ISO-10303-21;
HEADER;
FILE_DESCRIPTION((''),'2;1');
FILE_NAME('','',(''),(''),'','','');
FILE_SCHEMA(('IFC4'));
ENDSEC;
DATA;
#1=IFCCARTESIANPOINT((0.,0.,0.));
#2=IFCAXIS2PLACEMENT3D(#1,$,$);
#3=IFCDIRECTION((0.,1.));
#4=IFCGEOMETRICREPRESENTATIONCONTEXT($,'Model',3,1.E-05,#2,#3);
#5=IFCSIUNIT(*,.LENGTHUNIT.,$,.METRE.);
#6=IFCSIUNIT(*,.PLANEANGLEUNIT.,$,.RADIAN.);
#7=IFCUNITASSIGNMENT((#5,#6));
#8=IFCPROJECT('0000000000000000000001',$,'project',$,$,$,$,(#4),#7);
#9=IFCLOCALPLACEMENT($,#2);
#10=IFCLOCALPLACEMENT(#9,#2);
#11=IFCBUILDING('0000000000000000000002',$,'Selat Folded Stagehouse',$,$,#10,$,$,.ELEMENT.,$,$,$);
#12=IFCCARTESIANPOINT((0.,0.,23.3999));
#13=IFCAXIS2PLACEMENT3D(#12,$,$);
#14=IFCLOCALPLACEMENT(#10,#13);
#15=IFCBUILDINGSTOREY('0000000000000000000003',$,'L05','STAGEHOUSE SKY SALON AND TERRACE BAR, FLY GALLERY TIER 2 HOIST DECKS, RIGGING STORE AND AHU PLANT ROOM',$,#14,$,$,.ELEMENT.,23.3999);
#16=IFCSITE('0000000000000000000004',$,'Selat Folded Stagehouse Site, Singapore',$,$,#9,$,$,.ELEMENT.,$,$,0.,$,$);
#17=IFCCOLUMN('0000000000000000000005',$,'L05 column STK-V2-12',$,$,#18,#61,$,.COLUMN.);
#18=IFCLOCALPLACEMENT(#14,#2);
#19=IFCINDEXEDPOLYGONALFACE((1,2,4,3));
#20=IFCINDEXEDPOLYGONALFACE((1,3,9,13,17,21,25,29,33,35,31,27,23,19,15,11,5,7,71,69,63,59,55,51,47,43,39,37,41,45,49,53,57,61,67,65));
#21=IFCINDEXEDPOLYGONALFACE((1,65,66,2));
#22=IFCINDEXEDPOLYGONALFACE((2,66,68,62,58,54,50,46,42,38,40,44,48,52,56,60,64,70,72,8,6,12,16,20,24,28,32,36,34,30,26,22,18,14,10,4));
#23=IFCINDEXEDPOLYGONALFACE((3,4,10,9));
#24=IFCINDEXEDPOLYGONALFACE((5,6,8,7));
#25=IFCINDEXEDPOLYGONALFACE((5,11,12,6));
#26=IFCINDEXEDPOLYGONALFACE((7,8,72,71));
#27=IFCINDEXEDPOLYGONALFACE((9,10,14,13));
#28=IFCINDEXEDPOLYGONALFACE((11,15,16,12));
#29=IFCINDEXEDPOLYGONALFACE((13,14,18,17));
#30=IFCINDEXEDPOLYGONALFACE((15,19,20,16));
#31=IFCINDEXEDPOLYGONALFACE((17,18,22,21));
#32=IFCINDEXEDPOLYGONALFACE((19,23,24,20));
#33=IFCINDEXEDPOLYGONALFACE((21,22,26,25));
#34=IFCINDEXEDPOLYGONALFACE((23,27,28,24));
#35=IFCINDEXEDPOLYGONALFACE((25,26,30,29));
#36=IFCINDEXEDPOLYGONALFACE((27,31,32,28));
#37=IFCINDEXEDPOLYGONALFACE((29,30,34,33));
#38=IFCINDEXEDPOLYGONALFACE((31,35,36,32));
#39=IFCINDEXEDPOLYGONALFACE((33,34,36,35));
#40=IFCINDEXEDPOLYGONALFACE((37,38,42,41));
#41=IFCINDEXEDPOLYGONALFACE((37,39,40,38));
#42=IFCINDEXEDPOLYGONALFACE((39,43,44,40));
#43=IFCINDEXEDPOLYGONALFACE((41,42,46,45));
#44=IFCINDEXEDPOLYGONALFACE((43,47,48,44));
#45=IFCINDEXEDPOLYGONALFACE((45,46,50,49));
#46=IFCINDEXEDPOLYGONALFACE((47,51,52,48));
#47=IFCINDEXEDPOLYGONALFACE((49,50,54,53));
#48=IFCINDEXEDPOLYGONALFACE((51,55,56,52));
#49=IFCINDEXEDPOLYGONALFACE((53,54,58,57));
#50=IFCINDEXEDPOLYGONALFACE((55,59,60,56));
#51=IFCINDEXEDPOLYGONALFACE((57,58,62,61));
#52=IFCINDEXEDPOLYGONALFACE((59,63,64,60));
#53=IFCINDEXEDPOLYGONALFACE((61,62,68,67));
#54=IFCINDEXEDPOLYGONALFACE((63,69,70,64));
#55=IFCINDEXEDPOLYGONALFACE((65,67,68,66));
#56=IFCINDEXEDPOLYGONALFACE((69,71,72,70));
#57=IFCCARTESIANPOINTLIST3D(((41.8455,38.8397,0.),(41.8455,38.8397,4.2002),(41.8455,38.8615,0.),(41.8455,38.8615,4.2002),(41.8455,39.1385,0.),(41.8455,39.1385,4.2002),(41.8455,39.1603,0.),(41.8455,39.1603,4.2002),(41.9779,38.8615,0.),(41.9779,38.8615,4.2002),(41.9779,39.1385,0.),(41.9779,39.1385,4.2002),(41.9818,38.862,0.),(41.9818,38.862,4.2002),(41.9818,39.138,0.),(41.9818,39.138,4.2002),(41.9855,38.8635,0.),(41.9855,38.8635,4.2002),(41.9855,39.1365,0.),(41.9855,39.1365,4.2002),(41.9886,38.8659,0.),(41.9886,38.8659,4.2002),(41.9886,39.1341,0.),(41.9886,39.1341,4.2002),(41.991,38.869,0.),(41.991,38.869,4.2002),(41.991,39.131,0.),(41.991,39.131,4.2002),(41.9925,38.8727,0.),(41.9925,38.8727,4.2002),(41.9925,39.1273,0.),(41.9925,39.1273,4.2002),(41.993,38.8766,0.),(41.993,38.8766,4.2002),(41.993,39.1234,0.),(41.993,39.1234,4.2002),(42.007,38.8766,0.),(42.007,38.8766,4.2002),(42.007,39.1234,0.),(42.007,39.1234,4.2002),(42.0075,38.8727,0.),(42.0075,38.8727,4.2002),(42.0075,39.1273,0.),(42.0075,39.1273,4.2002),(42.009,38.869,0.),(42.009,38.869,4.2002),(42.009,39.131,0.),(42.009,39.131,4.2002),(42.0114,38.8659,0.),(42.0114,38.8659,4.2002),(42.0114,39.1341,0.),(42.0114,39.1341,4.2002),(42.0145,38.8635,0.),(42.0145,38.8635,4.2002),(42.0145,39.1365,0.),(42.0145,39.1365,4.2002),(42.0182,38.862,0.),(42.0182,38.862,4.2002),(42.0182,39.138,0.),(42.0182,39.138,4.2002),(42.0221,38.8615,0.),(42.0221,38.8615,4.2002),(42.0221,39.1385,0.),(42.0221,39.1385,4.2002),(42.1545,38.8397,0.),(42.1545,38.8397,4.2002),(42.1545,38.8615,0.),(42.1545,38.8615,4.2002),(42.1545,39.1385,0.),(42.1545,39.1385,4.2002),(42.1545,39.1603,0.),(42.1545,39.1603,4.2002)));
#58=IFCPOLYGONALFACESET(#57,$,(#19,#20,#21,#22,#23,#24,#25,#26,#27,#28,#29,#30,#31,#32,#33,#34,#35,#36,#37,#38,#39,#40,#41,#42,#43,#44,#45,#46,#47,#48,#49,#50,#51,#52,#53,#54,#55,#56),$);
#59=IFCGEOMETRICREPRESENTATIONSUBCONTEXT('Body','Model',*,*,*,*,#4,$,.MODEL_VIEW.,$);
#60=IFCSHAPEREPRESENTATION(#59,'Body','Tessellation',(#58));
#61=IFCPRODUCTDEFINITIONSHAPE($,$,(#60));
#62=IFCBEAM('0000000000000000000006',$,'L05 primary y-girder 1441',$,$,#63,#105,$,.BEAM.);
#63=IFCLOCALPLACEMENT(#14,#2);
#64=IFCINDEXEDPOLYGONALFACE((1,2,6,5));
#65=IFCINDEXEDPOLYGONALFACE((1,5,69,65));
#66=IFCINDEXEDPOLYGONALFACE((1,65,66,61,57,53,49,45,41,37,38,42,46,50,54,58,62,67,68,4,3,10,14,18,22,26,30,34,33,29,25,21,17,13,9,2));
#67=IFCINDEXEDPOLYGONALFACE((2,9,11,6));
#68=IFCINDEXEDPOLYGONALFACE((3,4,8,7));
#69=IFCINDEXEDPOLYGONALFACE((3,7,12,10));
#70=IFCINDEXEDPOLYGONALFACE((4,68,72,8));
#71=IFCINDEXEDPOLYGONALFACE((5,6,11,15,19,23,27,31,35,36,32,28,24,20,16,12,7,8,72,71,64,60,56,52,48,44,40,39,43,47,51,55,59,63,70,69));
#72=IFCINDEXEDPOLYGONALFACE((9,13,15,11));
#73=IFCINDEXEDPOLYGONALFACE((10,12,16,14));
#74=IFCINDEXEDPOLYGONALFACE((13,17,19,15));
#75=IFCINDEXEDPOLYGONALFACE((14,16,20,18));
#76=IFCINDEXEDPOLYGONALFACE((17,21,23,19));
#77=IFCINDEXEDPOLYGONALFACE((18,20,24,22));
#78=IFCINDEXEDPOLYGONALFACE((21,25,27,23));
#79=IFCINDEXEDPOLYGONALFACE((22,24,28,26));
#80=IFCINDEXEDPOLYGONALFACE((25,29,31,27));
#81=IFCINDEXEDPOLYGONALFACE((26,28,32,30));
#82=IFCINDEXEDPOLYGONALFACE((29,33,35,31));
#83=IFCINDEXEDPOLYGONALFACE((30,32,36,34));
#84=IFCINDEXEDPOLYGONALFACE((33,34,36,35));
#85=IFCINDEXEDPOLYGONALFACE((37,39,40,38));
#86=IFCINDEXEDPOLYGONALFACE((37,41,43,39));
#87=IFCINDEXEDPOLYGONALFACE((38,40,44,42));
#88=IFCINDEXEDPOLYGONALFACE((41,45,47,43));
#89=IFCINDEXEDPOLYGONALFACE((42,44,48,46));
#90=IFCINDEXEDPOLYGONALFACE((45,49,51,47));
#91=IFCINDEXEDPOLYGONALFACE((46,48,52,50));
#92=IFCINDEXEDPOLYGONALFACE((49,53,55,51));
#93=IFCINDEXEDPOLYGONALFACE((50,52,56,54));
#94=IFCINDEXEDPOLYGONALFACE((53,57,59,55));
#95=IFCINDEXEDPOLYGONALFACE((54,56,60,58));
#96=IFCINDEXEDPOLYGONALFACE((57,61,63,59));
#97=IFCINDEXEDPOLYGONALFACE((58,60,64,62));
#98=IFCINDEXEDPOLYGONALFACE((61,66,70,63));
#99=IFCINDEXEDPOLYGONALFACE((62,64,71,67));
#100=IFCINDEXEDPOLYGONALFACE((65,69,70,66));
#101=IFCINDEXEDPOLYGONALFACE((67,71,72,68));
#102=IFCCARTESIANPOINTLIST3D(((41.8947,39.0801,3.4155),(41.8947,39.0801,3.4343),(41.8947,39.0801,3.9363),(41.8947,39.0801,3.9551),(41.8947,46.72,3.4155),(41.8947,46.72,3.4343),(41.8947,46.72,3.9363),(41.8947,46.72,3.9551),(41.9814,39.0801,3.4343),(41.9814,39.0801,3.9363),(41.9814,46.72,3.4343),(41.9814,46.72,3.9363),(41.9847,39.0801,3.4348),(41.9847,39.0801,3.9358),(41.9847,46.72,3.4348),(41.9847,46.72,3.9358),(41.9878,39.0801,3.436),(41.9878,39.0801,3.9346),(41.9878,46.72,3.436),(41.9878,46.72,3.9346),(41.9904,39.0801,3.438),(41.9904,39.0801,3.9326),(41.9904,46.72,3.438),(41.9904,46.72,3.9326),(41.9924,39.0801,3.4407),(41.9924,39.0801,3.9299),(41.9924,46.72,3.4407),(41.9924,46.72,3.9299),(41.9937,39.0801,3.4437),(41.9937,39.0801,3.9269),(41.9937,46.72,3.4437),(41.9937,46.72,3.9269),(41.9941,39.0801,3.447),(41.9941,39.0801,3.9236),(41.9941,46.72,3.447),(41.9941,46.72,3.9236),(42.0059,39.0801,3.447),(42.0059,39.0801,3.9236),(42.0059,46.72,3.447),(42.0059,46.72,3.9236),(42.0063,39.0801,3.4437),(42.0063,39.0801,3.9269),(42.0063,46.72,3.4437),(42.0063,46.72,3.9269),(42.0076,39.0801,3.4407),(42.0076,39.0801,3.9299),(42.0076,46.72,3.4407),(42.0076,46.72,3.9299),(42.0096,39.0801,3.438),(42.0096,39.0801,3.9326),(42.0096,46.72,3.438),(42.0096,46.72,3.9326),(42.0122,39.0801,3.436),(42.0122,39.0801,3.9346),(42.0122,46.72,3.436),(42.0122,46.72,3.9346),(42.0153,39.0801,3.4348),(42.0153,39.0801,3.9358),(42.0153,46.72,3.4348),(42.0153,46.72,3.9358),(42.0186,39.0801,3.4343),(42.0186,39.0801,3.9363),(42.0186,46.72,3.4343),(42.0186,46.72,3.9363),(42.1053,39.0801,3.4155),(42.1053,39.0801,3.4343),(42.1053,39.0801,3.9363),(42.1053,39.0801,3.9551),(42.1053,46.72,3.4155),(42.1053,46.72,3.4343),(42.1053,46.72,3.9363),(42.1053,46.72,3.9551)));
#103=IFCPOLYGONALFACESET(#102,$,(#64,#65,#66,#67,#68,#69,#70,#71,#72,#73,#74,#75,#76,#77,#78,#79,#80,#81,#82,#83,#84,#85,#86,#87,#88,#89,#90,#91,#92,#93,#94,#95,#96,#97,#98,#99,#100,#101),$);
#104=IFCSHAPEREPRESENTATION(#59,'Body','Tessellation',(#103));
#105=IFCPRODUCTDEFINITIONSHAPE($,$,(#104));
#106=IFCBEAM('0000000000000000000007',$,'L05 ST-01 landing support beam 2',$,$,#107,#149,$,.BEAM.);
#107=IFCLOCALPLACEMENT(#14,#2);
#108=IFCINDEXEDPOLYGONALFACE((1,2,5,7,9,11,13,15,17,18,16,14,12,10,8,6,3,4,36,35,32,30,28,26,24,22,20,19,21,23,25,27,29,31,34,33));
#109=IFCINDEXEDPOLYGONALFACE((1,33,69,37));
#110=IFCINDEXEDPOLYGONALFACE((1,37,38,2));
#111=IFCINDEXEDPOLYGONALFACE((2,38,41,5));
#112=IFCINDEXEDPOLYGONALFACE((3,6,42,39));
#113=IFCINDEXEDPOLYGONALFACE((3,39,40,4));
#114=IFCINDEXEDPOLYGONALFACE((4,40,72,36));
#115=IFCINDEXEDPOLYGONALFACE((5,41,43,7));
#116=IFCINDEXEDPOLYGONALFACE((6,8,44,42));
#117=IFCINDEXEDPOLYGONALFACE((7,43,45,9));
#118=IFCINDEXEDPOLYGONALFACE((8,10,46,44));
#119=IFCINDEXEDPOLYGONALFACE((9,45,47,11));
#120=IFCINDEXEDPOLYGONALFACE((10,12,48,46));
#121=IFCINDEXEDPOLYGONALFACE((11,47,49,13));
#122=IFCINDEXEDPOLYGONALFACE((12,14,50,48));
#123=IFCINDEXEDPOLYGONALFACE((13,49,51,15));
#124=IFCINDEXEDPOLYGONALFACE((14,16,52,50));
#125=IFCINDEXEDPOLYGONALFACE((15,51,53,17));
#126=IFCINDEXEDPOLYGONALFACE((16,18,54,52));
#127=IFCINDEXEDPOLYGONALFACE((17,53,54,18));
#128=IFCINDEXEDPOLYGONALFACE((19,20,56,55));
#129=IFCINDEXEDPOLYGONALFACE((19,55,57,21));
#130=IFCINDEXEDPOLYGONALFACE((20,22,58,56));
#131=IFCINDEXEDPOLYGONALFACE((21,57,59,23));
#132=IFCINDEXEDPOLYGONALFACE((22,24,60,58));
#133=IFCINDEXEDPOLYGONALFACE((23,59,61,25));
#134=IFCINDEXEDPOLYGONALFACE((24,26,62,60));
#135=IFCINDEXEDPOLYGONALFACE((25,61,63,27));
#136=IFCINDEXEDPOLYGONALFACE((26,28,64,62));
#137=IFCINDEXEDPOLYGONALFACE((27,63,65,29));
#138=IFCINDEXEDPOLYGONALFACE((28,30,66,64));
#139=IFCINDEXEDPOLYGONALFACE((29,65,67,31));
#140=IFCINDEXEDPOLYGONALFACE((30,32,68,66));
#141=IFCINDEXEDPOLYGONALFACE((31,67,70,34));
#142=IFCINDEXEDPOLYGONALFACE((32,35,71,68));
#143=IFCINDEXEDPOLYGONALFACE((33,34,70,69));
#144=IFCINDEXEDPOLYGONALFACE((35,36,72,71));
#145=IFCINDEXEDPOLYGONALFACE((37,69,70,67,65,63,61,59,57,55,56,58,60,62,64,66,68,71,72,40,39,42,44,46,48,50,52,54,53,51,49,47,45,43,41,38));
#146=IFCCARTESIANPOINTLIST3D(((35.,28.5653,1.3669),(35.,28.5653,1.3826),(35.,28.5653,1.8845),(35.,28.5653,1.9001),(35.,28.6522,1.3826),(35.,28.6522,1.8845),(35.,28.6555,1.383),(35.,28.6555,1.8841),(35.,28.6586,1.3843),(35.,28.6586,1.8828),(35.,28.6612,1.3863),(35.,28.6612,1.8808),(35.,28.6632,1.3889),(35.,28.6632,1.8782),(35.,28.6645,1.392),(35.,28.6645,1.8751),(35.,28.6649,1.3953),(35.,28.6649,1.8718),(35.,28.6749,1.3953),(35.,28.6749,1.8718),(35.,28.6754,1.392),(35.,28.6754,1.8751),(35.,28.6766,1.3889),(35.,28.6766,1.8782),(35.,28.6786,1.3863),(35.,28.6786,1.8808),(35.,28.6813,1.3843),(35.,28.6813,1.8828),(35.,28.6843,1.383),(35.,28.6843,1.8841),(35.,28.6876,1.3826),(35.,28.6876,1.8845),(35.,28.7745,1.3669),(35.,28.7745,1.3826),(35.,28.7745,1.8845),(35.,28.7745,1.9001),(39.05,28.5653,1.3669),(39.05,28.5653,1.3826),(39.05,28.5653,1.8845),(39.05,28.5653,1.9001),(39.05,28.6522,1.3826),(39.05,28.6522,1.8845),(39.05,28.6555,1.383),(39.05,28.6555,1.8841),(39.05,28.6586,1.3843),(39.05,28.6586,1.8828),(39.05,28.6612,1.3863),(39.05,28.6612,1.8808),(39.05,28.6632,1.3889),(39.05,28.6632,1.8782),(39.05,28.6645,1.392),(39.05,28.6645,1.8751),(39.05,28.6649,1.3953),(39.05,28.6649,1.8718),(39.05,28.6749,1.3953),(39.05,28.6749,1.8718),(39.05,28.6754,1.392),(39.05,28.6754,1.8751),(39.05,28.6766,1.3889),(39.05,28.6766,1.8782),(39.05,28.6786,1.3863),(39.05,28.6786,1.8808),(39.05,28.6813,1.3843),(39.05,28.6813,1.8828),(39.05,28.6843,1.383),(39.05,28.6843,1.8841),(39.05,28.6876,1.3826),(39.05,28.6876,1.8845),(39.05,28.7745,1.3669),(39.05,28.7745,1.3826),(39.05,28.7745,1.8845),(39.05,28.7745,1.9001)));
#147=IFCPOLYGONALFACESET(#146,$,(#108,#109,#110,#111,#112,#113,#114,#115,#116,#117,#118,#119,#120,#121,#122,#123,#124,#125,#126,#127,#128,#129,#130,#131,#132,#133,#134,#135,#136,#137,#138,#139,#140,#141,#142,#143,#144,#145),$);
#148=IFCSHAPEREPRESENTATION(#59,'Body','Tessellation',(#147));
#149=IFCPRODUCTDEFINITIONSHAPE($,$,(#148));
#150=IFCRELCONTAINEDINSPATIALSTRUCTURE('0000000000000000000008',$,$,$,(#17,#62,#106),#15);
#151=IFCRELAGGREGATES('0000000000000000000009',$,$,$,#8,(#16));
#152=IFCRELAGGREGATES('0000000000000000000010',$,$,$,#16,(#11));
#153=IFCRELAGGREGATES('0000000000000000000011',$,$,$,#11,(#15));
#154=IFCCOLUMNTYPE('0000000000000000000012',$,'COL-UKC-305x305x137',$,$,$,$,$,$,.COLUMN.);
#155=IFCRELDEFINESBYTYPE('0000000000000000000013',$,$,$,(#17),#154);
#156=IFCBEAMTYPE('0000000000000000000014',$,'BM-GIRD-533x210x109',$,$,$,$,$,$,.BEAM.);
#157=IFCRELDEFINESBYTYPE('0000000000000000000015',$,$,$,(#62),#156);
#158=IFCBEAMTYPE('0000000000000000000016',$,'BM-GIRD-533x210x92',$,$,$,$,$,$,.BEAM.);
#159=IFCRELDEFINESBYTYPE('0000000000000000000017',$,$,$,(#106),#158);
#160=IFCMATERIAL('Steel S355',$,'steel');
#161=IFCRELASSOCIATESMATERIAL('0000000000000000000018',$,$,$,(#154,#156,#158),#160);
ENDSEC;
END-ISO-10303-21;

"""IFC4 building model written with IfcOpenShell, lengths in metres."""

from ifc_helpers import new_model, si_unit, direction, frame, origin, origin_2d, place, context, subcontext, project, spatial, i_section, extrude, material, material_profile, profile_set, type_object, element, save


model = new_model("IFC4")

# Units and contexts
model_context = context("Model", 3, precision=1e-05, world=origin(), true_north=direction((0.0, 1.0)))
body_context = subcontext(model_context, "Body", "Model", "MODEL_VIEW")
ifc_project = project(units=[si_unit("LENGTHUNIT", "METRE"), si_unit("PLANEANGLEUNIT", "RADIAN")], contexts=[model_context])

# Site, building, storey
site_placement = place(None, origin())
site = spatial("IfcSite", under=ifc_project, at=site_placement, Name="Selat Folded Stagehouse Site, Singapore", CompositionType="ELEMENT", RefElevation=0.0)
building_placement = place(site_placement, origin())
building = spatial("IfcBuilding", under=site, at=building_placement, Name="Selat Folded Stagehouse", CompositionType="ELEMENT")
storey_placement = place(building_placement, frame((0.0, 0.0, 23.3999)))
storey = spatial("IfcBuildingStorey", under=building, at=storey_placement, Name="L05", Description="STAGEHOUSE SKY SALON AND TERRACE BAR, FLY GALLERY TIER 2 HOIST DECKS, RIGGING STORE AND AHU PLANT ROOM", CompositionType="ELEMENT", Elevation=23.3999)

# Column
ifc_material_1 = material(Name="Steel S355", Category="steel")
ifc_material_profile_1 = material_profile(ifc_material_1, i_section(OverallWidth=0.3091, OverallDepth=0.3206, WebThickness=0.0139, FlangeThickness=0.0217, FilletRadius=0.0151, at=origin_2d()), Name="UKC 305x305x137")
ifc_profile_set_1 = profile_set([ifc_material_profile_1], Name="Steel S355")
column_type = type_object("IfcColumnType", Name="COL-UKC-305x305x137", PredefinedType="COLUMN", material=ifc_profile_set_1)
column_placement = place(storey_placement, frame((42.0, 39.0, 0.0), z_axis=(0.0, 0.0, 1.0), x_axis=(1.0, 0.0, 0.0)))
element("IfcColumn", 1, at=column_placement, inside=storey, type_object=column_type, Name="L05 column STK-V2-12", PredefinedType="COLUMN", context=body_context, shape_type="SweptSolid", body=[
    extrude(i_section(OverallWidth=0.3091, OverallDepth=0.3206, WebThickness=0.0139, FlangeThickness=0.0217, FilletRadius=0.0151, at=origin_2d()), origin(), (0.0, 0.0, 1.0), 4.2002),
])

# Beams
ifc_material_profile_2 = material_profile(ifc_material_1, i_section(OverallWidth=0.2107, OverallDepth=0.5396, WebThickness=0.0117, FlangeThickness=0.0188, FilletRadius=0.0127, at=origin_2d()), Name="UKB 533x210x109")
ifc_profile_set_2 = profile_set([ifc_material_profile_2], Name="Steel S355")
beam_type_1 = type_object("IfcBeamType", Name="BM-GIRD-533x210x109", PredefinedType="BEAM", material=ifc_profile_set_2)
beam_1_placement = place(storey_placement, frame((42.0, 39.0801, 3.6853), z_axis=(0.0, 1.0, 0.0), x_axis=(-1.0, 0.0, 0.0)))
element("IfcBeam", 2, at=beam_1_placement, inside=storey, type_object=beam_type_1, Name="L05 primary y-girder 1441", PredefinedType="BEAM", context=body_context, shape_type="SweptSolid", body=[
    extrude(i_section(OverallWidth=0.2107, OverallDepth=0.5396, WebThickness=0.0117, FlangeThickness=0.0188, FilletRadius=0.0127, at=origin_2d()), origin(), (0.0, 0.0, 1.0), 7.6399),
])
ifc_material_profile_3 = material_profile(ifc_material_1, i_section(OverallWidth=0.2092, OverallDepth=0.5332, WebThickness=0.01, FlangeThickness=0.0156, FilletRadius=0.0127, at=origin_2d()), Name="UKB 533x210x92")
ifc_profile_set_3 = profile_set([ifc_material_profile_3], Name="Steel S355")
beam_type_2 = type_object("IfcBeamType", Name="BM-GIRD-533x210x92", PredefinedType="BEAM", material=ifc_profile_set_3)
beam_2_placement = place(storey_placement, frame((35.0, 28.6699, 1.6335), z_axis=(1.0, 0.0, 0.0), x_axis=(0.0, 1.0, 0.0)))
element("IfcBeam", 3, at=beam_2_placement, inside=storey, type_object=beam_type_2, Name="L05 ST-01 landing support beam 2", PredefinedType="BEAM", context=body_context, shape_type="SweptSolid", body=[
    extrude(i_section(OverallWidth=0.2092, OverallDepth=0.5332, WebThickness=0.01, FlangeThickness=0.0156, FilletRadius=0.0127, at=origin_2d()), origin(), (0.0, 0.0, 1.0), 4.05),
])

save(model, "model.ifc")
